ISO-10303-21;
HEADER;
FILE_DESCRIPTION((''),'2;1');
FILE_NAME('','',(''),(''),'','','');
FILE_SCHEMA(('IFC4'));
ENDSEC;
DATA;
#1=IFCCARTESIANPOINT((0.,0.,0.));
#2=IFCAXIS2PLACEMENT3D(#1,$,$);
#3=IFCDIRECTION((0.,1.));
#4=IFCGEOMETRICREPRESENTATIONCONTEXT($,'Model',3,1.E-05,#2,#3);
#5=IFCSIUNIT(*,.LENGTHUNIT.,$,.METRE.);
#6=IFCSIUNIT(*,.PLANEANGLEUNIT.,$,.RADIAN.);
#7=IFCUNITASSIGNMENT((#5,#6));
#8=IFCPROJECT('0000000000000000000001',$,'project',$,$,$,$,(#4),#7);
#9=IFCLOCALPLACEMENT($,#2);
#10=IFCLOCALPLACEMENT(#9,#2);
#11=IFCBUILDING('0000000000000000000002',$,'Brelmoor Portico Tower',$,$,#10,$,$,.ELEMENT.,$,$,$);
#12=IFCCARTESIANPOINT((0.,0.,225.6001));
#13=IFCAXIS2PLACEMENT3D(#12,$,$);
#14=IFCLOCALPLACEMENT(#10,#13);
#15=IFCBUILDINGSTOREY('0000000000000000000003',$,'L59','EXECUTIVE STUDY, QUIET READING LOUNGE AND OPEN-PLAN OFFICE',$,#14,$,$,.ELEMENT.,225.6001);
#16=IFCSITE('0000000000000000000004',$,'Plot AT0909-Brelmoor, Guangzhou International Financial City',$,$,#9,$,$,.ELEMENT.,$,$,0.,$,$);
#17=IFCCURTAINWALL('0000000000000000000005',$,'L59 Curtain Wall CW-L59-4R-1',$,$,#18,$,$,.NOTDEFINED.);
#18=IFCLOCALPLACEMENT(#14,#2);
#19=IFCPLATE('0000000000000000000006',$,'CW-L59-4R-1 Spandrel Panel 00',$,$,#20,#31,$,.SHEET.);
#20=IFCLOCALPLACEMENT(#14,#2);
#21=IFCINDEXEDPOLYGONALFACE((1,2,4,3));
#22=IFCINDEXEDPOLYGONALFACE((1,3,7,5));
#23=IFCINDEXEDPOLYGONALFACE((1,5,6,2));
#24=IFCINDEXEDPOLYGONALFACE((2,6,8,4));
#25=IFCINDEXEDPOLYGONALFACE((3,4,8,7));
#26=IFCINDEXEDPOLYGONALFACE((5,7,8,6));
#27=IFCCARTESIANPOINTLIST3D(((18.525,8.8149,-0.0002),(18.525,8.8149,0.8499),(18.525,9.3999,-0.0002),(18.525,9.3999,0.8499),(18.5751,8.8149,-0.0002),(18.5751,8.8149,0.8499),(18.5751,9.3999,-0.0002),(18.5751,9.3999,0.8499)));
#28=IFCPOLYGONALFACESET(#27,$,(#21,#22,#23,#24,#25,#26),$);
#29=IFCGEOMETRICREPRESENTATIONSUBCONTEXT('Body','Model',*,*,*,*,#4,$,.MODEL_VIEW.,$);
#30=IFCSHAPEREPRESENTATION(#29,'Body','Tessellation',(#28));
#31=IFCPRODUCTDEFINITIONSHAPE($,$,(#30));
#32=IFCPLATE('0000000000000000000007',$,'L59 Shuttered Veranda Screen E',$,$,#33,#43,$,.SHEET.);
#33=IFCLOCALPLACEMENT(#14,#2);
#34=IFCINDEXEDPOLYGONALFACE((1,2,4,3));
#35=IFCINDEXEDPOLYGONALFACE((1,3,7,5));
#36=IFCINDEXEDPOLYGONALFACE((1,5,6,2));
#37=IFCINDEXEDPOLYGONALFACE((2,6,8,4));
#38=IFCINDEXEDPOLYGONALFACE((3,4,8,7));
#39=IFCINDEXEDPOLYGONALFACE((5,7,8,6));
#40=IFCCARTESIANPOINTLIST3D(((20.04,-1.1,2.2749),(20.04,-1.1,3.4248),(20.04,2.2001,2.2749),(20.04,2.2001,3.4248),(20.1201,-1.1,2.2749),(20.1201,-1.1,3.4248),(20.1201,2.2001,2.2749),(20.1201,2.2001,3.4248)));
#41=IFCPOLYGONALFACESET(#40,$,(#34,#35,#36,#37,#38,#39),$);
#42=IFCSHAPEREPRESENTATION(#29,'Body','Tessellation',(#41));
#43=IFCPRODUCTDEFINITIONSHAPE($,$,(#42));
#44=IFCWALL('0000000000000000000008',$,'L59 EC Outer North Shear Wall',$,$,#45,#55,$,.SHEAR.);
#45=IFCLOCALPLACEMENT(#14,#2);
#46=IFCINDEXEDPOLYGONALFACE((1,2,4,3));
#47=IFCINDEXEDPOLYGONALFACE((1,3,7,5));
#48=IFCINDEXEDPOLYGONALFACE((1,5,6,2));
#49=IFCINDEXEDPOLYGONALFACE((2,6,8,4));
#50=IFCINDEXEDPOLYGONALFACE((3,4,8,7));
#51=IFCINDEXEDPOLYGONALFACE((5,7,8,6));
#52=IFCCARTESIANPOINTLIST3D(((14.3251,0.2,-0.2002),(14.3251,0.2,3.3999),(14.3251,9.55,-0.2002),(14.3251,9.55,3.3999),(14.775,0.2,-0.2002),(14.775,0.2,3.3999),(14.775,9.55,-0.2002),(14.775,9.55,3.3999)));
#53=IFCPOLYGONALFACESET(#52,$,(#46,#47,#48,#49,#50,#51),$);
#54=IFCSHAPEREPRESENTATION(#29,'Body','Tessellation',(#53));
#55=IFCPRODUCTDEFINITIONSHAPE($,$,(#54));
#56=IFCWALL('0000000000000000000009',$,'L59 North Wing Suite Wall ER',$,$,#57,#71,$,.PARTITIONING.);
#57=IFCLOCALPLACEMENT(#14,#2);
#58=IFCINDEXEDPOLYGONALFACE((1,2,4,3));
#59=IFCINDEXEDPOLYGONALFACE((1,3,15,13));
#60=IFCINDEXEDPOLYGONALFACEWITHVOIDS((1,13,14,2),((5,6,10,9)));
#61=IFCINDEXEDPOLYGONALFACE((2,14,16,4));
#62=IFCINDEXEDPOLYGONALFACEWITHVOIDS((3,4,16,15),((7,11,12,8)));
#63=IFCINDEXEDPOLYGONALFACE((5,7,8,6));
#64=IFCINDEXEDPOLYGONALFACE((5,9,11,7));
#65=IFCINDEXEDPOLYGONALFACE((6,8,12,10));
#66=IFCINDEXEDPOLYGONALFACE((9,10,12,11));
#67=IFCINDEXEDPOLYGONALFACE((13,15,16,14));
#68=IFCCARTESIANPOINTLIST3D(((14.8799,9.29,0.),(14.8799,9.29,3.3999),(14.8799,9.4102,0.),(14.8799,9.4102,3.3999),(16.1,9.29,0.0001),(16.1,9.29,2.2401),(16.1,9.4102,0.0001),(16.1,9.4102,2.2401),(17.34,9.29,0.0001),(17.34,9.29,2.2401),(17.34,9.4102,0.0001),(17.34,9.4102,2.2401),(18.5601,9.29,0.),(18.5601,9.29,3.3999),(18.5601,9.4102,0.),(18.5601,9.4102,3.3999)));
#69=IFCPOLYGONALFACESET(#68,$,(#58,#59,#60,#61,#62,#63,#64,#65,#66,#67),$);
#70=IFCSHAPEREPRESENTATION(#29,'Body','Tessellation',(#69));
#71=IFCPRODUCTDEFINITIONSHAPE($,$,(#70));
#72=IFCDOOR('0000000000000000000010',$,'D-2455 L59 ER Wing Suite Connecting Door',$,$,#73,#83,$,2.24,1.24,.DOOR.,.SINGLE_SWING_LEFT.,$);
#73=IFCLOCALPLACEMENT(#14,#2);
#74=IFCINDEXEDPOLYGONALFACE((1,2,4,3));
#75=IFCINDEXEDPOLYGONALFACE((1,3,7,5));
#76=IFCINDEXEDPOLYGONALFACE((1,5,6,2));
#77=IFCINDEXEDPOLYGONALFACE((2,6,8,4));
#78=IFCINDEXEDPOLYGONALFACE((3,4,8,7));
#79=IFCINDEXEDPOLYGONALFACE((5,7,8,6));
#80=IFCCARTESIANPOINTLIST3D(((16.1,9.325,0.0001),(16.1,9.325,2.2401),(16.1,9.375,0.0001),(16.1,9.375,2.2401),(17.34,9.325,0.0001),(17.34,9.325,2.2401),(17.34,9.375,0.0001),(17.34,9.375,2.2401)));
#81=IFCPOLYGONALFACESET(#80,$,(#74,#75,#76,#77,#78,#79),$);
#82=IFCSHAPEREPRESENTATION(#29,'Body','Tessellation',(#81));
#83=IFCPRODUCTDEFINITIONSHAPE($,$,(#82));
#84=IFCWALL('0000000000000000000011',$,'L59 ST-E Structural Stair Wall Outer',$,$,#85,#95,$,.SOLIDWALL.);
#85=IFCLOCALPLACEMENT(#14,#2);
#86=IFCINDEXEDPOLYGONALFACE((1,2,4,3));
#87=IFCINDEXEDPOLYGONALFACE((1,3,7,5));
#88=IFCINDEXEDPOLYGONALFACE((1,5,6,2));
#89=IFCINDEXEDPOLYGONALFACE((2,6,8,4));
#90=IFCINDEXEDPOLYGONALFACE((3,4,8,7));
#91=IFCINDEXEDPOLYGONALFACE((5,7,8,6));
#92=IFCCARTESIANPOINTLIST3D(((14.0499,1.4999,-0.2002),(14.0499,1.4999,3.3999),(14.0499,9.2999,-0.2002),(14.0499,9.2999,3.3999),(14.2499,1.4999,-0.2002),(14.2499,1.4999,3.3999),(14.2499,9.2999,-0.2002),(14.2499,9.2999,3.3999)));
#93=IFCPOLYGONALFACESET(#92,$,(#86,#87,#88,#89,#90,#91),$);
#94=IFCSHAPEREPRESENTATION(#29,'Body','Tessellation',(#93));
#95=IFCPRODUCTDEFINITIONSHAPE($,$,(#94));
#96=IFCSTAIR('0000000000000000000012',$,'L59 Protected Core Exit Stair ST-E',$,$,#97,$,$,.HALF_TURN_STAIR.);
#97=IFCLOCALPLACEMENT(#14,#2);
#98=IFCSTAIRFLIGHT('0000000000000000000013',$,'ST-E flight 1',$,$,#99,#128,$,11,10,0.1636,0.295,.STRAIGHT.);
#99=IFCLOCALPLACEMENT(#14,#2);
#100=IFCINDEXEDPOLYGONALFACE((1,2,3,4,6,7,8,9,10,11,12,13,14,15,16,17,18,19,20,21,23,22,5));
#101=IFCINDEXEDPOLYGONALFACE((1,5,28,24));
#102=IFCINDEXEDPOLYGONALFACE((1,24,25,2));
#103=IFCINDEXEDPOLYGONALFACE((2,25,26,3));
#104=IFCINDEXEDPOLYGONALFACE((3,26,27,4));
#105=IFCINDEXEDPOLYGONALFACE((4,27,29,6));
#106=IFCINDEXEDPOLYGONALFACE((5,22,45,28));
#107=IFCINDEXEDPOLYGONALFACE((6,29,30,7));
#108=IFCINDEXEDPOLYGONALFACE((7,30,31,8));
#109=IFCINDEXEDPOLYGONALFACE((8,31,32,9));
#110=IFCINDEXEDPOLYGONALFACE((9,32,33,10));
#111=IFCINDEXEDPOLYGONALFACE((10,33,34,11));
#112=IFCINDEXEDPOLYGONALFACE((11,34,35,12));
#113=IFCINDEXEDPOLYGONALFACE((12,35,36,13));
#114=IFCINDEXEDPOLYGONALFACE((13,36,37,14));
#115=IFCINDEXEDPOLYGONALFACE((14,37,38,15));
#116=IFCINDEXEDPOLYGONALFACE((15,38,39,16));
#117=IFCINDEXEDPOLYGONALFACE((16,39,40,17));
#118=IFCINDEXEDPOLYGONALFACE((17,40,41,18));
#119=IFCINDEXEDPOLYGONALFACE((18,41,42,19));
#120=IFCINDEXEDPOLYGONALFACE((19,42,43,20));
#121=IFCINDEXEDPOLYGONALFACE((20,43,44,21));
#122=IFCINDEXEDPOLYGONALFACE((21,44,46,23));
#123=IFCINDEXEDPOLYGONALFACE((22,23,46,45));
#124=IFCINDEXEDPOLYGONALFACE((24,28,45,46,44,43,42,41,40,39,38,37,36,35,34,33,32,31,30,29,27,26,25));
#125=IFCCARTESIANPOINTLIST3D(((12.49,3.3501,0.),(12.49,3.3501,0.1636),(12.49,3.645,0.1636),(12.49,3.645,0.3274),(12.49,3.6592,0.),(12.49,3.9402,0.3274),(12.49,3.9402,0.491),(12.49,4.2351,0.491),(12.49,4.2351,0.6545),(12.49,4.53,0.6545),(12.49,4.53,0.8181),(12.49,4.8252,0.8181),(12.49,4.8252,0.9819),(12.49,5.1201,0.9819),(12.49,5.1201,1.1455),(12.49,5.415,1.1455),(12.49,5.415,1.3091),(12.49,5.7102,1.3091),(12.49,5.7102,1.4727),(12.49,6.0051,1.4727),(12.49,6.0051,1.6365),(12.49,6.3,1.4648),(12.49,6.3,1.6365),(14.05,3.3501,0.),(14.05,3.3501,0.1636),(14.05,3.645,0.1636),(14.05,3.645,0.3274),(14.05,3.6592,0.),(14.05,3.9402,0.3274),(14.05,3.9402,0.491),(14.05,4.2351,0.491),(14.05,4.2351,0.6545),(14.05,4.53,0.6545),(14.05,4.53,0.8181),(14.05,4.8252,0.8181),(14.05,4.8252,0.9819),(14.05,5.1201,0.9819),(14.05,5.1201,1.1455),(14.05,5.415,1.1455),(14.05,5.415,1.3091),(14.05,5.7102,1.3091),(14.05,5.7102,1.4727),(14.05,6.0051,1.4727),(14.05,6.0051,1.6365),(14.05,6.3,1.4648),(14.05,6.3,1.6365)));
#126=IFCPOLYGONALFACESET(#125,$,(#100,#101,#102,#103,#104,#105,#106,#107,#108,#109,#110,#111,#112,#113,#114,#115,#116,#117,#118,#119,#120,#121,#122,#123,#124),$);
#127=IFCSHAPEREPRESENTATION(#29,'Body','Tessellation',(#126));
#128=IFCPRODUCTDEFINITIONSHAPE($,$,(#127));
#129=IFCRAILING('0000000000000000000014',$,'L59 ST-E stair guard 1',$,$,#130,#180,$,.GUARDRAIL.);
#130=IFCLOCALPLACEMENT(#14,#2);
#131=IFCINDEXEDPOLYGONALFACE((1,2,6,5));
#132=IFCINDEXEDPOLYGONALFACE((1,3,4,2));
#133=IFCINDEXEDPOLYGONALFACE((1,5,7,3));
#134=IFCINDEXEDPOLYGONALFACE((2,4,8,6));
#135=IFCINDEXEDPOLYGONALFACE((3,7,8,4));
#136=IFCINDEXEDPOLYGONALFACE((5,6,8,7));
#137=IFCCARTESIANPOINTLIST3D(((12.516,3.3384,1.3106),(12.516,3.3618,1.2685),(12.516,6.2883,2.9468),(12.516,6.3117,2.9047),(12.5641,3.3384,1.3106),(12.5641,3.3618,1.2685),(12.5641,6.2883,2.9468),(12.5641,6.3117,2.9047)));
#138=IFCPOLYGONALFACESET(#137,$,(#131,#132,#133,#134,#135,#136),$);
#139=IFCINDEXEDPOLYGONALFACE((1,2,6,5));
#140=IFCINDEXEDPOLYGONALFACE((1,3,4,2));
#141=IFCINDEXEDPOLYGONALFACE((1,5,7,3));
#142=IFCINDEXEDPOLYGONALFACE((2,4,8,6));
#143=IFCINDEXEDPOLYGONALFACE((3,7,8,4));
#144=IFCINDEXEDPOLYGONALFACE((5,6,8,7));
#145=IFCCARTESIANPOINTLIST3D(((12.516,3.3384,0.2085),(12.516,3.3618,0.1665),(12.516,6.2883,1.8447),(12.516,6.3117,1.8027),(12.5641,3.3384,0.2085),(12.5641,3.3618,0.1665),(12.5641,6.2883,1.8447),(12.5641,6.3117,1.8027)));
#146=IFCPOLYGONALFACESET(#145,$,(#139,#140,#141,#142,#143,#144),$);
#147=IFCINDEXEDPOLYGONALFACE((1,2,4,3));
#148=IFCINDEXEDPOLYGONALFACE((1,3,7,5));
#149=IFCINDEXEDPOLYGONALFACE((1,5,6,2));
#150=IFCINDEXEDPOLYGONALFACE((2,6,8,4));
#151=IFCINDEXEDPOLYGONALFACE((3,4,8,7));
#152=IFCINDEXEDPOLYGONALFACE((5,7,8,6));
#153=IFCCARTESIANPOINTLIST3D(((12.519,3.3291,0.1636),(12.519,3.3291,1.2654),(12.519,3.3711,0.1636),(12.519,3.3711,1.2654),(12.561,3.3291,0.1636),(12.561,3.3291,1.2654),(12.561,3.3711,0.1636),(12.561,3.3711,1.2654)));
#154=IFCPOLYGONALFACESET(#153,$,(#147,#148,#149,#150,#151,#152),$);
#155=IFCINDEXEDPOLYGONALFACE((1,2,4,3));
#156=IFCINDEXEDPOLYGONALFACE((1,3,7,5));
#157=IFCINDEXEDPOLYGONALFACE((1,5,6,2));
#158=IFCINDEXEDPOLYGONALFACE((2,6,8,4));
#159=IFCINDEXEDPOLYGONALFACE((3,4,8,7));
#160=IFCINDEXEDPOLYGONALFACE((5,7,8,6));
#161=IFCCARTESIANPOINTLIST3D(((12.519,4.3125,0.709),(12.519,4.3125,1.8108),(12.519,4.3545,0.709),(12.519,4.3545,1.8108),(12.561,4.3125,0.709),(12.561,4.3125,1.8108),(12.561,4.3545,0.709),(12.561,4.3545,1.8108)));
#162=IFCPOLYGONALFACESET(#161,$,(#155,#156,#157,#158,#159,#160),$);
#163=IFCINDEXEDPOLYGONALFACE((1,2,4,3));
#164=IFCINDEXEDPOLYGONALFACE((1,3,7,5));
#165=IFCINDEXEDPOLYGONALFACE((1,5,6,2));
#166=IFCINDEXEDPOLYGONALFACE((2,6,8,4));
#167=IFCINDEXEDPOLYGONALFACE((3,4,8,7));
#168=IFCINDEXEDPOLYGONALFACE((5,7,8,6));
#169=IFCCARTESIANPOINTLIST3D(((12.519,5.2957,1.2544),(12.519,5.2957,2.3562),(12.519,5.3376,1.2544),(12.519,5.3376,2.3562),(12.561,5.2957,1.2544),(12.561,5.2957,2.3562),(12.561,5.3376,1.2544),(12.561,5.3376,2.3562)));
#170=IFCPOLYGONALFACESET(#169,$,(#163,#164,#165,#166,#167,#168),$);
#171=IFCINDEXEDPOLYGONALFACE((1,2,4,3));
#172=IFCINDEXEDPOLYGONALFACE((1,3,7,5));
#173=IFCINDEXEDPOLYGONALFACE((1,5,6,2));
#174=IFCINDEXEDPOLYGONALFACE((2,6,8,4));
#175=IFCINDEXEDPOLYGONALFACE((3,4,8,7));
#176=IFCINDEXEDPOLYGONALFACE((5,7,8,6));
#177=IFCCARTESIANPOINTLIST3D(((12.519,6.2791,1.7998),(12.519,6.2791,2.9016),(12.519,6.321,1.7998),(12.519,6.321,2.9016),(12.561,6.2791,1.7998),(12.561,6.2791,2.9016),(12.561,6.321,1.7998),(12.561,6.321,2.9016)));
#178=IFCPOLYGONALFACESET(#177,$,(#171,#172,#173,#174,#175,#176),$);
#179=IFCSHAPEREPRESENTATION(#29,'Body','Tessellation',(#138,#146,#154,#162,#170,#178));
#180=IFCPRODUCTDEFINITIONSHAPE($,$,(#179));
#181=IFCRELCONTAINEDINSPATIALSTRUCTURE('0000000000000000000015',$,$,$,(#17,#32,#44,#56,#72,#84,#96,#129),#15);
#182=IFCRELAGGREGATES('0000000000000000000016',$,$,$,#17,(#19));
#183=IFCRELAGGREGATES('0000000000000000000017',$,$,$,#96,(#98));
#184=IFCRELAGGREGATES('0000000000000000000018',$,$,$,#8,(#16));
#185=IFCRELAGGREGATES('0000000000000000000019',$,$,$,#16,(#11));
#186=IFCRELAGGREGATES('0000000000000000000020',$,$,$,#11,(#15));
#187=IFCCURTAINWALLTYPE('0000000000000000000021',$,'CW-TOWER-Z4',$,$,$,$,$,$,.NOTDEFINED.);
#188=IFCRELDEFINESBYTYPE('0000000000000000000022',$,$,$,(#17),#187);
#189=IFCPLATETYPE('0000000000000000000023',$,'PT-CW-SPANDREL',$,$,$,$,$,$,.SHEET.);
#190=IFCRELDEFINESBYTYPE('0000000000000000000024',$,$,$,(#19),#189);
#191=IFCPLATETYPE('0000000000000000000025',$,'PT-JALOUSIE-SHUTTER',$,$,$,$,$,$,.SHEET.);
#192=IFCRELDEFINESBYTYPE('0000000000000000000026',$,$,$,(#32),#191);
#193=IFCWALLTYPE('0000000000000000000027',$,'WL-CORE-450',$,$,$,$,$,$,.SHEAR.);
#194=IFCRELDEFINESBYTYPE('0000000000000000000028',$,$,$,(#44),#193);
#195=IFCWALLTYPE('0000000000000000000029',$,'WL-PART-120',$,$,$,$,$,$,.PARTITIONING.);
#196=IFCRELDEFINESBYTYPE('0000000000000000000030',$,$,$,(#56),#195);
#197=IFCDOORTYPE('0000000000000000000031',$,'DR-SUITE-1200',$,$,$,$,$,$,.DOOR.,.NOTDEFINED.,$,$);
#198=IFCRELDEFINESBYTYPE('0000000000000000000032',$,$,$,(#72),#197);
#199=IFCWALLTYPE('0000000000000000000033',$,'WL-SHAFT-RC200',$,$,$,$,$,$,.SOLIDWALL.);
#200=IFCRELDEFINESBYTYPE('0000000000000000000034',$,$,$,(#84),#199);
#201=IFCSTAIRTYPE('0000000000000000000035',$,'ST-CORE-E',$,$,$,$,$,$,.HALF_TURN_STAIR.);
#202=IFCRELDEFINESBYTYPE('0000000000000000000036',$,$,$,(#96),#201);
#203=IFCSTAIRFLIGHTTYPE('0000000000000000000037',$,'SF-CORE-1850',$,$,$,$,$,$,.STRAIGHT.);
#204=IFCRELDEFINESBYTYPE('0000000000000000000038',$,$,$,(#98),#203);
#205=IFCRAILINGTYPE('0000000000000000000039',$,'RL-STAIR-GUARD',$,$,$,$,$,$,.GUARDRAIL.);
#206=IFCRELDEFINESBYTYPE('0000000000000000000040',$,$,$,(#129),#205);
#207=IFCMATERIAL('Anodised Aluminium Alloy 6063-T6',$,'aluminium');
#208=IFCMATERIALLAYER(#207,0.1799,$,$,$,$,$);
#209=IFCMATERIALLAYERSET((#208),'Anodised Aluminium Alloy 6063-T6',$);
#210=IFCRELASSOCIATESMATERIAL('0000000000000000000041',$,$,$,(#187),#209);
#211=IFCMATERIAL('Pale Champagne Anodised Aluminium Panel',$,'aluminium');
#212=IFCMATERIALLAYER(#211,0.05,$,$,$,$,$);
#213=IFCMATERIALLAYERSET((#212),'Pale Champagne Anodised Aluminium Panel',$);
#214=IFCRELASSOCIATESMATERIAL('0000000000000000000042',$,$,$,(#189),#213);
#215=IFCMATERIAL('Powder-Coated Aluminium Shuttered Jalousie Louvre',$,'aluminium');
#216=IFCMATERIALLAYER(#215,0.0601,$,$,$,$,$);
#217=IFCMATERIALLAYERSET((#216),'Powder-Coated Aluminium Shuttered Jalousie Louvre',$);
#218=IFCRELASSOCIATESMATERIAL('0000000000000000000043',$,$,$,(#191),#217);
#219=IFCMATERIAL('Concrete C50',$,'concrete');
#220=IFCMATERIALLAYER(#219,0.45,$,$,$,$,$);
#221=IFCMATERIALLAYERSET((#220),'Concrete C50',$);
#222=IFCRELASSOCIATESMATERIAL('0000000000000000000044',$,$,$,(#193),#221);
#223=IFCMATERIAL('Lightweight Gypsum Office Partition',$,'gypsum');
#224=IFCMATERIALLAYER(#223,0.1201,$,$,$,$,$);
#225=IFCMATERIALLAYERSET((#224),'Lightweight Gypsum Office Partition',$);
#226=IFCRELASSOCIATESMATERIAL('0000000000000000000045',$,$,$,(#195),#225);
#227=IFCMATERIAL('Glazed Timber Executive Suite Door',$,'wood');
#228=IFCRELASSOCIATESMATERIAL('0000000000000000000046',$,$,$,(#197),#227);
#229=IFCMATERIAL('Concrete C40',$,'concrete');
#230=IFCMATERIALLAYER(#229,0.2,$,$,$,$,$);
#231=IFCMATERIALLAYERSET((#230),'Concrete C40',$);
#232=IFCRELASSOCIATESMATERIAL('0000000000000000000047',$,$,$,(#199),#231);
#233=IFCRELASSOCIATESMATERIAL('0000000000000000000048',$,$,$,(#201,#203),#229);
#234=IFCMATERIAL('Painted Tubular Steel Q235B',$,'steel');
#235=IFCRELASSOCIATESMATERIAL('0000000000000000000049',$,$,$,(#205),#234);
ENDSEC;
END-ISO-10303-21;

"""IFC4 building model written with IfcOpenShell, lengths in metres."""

from ifc_helpers import new_model, si_unit, direction, frame, frame_2d, origin, origin_2d, place, context, subcontext, project, spatial, polyline, rectangle, outline, extrude, material, layer, layer_set, type_object, element, fill, aggregate, save


model = new_model("IFC4")

# Units and contexts
model_context = context("Model", 3, precision=1e-05, world=origin(), true_north=direction((0.0, 1.0)))
body_context = subcontext(model_context, "Body", "Model", "MODEL_VIEW")
ifc_project = project(units=[si_unit("LENGTHUNIT", "METRE"), si_unit("PLANEANGLEUNIT", "RADIAN")], contexts=[model_context])

# Site, building, storey
site_placement = place(None, origin())
site = spatial("IfcSite", under=ifc_project, at=site_placement, Name="Plot AT0909-Brelmoor, Guangzhou International Financial City", CompositionType="ELEMENT", RefElevation=0.0)
building_placement = place(site_placement, origin())
building = spatial("IfcBuilding", under=site, at=building_placement, Name="Brelmoor Portico Tower", CompositionType="ELEMENT")
storey_placement = place(building_placement, frame((0.0, 0.0, 225.6001)))
storey = spatial("IfcBuildingStorey", under=building, at=storey_placement, Name="L59", Description="EXECUTIVE STUDY, QUIET READING LOUNGE AND OPEN-PLAN OFFICE", CompositionType="ELEMENT", Elevation=225.6001)

# Curtain wall
ifc_material_1 = material(Name="Anodised Aluminium Alloy 6063-T6", Category="aluminium")
ifc_layer_1 = layer(ifc_material_1, 0.1799)
ifc_layer_set_1 = layer_set([ifc_layer_1], Name="Anodised Aluminium Alloy 6063-T6")
curtain_wall_type = type_object("IfcCurtainWallType", Name="CW-TOWER-Z4", PredefinedType="NOTDEFINED", material=ifc_layer_set_1)
curtain_wall_placement = place(storey_placement, origin())
curtain_wall = element("IfcCurtainWall", 1, at=curtain_wall_placement, inside=storey, type_object=curtain_wall_type, Name="L59 Curtain Wall CW-L59-4R-1", PredefinedType="NOTDEFINED")

# Plates
ifc_material_2 = material(Name="Pale Champagne Anodised Aluminium Panel", Category="aluminium")
ifc_layer_2 = layer(ifc_material_2, 0.05)
ifc_layer_set_2 = layer_set([ifc_layer_2], Name="Pale Champagne Anodised Aluminium Panel")
plate_type_1 = type_object("IfcPlateType", Name="PT-CW-SPANDREL", PredefinedType="SHEET", material=ifc_layer_set_2)
plate_1_placement = place(storey_placement, frame((18.55, 9.1074, -0.0002), z_axis=(0.0, 0.0, 1.0), x_axis=(0.0, 1.0, 0.0)))
plate_1 = element("IfcPlate", 2, at=plate_1_placement, type_object=plate_type_1, Name="CW-L59-4R-1 Spandrel Panel 00", PredefinedType="SHEET", context=body_context, shape_type="SweptSolid", body=[
    extrude(rectangle(XDim=0.585, YDim=0.05, at=origin_2d()), origin(), (0.0, 0.0, 1.0), 0.8501),
])
aggregate(curtain_wall, [plate_1])
ifc_material_3 = material(Name="Powder-Coated Aluminium Shuttered Jalousie Louvre", Category="aluminium")
ifc_layer_3 = layer(ifc_material_3, 0.0601)
ifc_layer_set_3 = layer_set([ifc_layer_3], Name="Powder-Coated Aluminium Shuttered Jalousie Louvre")
plate_type_2 = type_object("IfcPlateType", Name="PT-JALOUSIE-SHUTTER", PredefinedType="SHEET", material=ifc_layer_set_3)
plate_2_placement = place(storey_placement, frame((20.0801, 0.55, 2.2749), z_axis=(0.0, 0.0, 1.0), x_axis=(0.0, 1.0, 0.0)))
element("IfcPlate", 3, at=plate_2_placement, inside=storey, type_object=plate_type_2, Name="L59 Shuttered Veranda Screen E", PredefinedType="SHEET", context=body_context, shape_type="SweptSolid", body=[
    extrude(rectangle(XDim=3.3, YDim=0.0801, at=origin_2d()), origin(), (0.0, 0.0, 1.0), 1.1499),
])

# Wall
ifc_material_4 = material(Name="Concrete C50", Category="concrete")
ifc_layer_4 = layer(ifc_material_4, 0.45)
ifc_layer_set_4 = layer_set([ifc_layer_4], Name="Concrete C50")
wall_type_1 = type_object("IfcWallType", Name="WL-CORE-450", PredefinedType="SHEAR", material=ifc_layer_set_4)
wall_1_placement = place(storey_placement, frame((14.55, 0.2, -0.2002), z_axis=(0.0, 0.0, 1.0), x_axis=(0.0, 1.0, 0.0)))
element("IfcWall", 4, at=wall_1_placement, inside=storey, type_object=wall_type_1, Name="L59 EC Outer North Shear Wall", PredefinedType="SHEAR", context=body_context, shape_type="SweptSolid", body=[
    extrude(rectangle(XDim=9.3501, YDim=0.45, at=frame_2d((4.675, 0.0))), origin(), (0.0, 0.0, 1.0), 3.6001),
])

# Wall, opening, door
ifc_material_5 = material(Name="Lightweight Gypsum Office Partition", Category="gypsum")
ifc_layer_5 = layer(ifc_material_5, 0.1201)
ifc_layer_set_5 = layer_set([ifc_layer_5], Name="Lightweight Gypsum Office Partition")
wall_type_2 = type_object("IfcWallType", Name="WL-PART-120", PredefinedType="PARTITIONING", material=ifc_layer_set_5)
wall_2_placement = place(storey_placement, frame((14.8799, 9.3501, 0.0), z_axis=(0.0, 0.0, 1.0), x_axis=(1.0, 0.0, 0.0)))
wall_2 = element("IfcWall", 5, at=wall_2_placement, inside=storey, type_object=wall_type_2, Name="L59 North Wing Suite Wall ER", PredefinedType="PARTITIONING", context=body_context, shape_type="SweptSolid", body=[
    extrude(rectangle(XDim=3.6802, YDim=0.1201, at=frame_2d((1.8401, 0.0))), origin(), (0.0, 0.0, 1.0), 3.3999),
])
opening_placement = place(wall_2_placement, frame((1.22, 0.0, 0.0)))
opening = element("IfcOpeningElement", 6, at=opening_placement, cuts=wall_2, PredefinedType="OPENING", context=body_context, shape_type="SweptSolid", body=[
    extrude(rectangle(XDim=1.24, YDim=2.24, at=frame_2d((0.6201, 1.1201))), frame((0.0, 0.0701, 0.0), z_axis=(0.0, -1.0, 0.0), x_axis=(1.0, 0.0, 0.0)), (0.0, 0.0, 1.0), 0.1401),
])
ifc_material_6 = material(Name="Glazed Timber Executive Suite Door", Category="wood")
door_type = type_object("IfcDoorType", Name="DR-SUITE-1200", OperationType="NOTDEFINED", PredefinedType="DOOR", material=ifc_material_6)
door_placement = place(opening_placement, origin())
door = element("IfcDoor", 7, at=door_placement, inside=storey, type_object=door_type, Name="D-2455 L59 ER Wing Suite Connecting Door", OperationType="SINGLE_SWING_LEFT", OverallHeight=2.24, OverallWidth=1.24, PredefinedType="DOOR", context=body_context, shape_type="SweptSolid", body=[
    extrude(rectangle(XDim=1.24, YDim=2.24, at=frame_2d((0.6201, 1.1201))), frame((0.0, 0.0249, 0.0), z_axis=(0.0, -1.0, 0.0), x_axis=(1.0, 0.0, 0.0)), (0.0, 0.0, 1.0), 0.05),
])
fill(opening, door)

# Wall
ifc_material_7 = material(Name="Concrete C40", Category="concrete")
ifc_layer_6 = layer(ifc_material_7, 0.2)
ifc_layer_set_6 = layer_set([ifc_layer_6], Name="Concrete C40")
wall_type_3 = type_object("IfcWallType", Name="WL-SHAFT-RC200", PredefinedType="SOLIDWALL", material=ifc_layer_set_6)
wall_3_placement = place(storey_placement, frame((14.1499, 1.5, -0.2002), z_axis=(0.0, 0.0, 1.0), x_axis=(0.0, 1.0, 0.0)))
element("IfcWall", 8, at=wall_3_placement, inside=storey, type_object=wall_type_3, Name="L59 ST-E Structural Stair Wall Outer", PredefinedType="SOLIDWALL", context=body_context, shape_type="SweptSolid", body=[
    extrude(rectangle(XDim=7.8, YDim=0.2, at=frame_2d((3.8999, 0.0))), origin(), (0.0, 0.0, 1.0), 3.6001),
])

# Stair, stair flight
stair_type = type_object("IfcStairType", Name="ST-CORE-E", PredefinedType="HALF_TURN_STAIR", material=ifc_material_7)
stair_placement = place(storey_placement, origin())
stair = element("IfcStair", 9, at=stair_placement, inside=storey, type_object=stair_type, Name="L59 Protected Core Exit Stair ST-E", PredefinedType="HALF_TURN_STAIR")
stair_flight_type = type_object("IfcStairFlightType", Name="SF-CORE-1850", PredefinedType="STRAIGHT", material=ifc_material_7)
stair_flight_placement = place(storey_placement, frame((13.27, 3.3501, 0.0), z_axis=(0.0, 0.0, 1.0), x_axis=(0.0, 1.0, 0.0)))
stair_flight = element("IfcStairFlight", 10, at=stair_flight_placement, type_object=stair_flight_type, Name="ST-E flight 1", NumberOfRisers=11, NumberOfTreads=10, PredefinedType="STRAIGHT", RiserHeight=0.1636, TreadLength=0.295, context=body_context, shape_type="SweptSolid", body=[
    extrude(outline(polyline([(0.0, 0.0), (0.0, 0.1636), (0.2949, 0.1636), (0.2949, 0.3274), (0.5901, 0.3274), (0.5901, 0.491), (0.885, 0.491), (0.885, 0.6545), (1.1799, 0.6545), (1.1799, 0.8181), (1.4751, 0.8181), (1.4751, 0.9819), (1.77, 0.9819), (1.77, 1.1455), (2.0649, 1.1455), (2.0649, 1.3091), (2.3601, 1.3091), (2.3601, 1.4727), (2.655, 1.4727), (2.655, 1.6365), (2.95, 1.6365), (2.95, 1.8), (2.95, 1.4648), (0.3091, 0.0), (0.0, 0.0)])), frame((0.0, 0.78, 0.0), z_axis=(0.0, -1.0, 0.0), x_axis=(1.0, 0.0, 0.0)), (0.0, 0.0, 1.0), 1.5601),
])
aggregate(stair, [stair_flight])

# Railing
ifc_material_8 = material(Name="Painted Tubular Steel Q235B", Category="steel")
railing_type_1 = type_object("IfcRailingType", Name="RL-STAIR-GUARD", PredefinedType="GUARDRAIL", material=ifc_material_8)
railing_1_placement = place(storey_placement, frame((12.54, 3.3501, 0.1636)))
element("IfcRailing", 11, at=railing_1_placement, inside=storey, type_object=railing_type_1, Name="L59 ST-E stair guard 1", PredefinedType="GUARDRAIL", context=body_context, shape_type="SweptSolid", body=[
    extrude(rectangle(XDim=0.0481, YDim=0.0481, at=origin_2d()), frame((0.0, 0.0, 1.126), z_axis=(0.0, 0.874488, 0.485047), x_axis=(-1.0, 0.0, 0.0)), (0.0, 0.0, 1.0), 3.3733),
    extrude(rectangle(XDim=0.0481, YDim=0.0481, at=origin_2d()), frame((0.0, 0.0, 0.0239), z_axis=(0.0, 0.874488, 0.485047), x_axis=(-1.0, 0.0, 0.0)), (0.0, 0.0, 1.0), 3.3733),
    extrude(rectangle(XDim=0.042, YDim=0.042, at=origin_2d()), origin(), (0.0, 0.0, 1.0), 1.1018),
    extrude(rectangle(XDim=0.042, YDim=0.042, at=origin_2d()), frame((0.0, 0.9834, 0.5454)), (0.0, 0.0, 1.0), 1.1018),
    extrude(rectangle(XDim=0.042, YDim=0.042, at=origin_2d()), frame((0.0, 1.9666, 1.0908)), (0.0, 0.0, 1.0), 1.1018),
    extrude(rectangle(XDim=0.042, YDim=0.042, at=origin_2d()), frame((0.0, 2.95, 1.6362)), (0.0, 0.0, 1.0), 1.1018),
])

save(model, "model.ifc")
